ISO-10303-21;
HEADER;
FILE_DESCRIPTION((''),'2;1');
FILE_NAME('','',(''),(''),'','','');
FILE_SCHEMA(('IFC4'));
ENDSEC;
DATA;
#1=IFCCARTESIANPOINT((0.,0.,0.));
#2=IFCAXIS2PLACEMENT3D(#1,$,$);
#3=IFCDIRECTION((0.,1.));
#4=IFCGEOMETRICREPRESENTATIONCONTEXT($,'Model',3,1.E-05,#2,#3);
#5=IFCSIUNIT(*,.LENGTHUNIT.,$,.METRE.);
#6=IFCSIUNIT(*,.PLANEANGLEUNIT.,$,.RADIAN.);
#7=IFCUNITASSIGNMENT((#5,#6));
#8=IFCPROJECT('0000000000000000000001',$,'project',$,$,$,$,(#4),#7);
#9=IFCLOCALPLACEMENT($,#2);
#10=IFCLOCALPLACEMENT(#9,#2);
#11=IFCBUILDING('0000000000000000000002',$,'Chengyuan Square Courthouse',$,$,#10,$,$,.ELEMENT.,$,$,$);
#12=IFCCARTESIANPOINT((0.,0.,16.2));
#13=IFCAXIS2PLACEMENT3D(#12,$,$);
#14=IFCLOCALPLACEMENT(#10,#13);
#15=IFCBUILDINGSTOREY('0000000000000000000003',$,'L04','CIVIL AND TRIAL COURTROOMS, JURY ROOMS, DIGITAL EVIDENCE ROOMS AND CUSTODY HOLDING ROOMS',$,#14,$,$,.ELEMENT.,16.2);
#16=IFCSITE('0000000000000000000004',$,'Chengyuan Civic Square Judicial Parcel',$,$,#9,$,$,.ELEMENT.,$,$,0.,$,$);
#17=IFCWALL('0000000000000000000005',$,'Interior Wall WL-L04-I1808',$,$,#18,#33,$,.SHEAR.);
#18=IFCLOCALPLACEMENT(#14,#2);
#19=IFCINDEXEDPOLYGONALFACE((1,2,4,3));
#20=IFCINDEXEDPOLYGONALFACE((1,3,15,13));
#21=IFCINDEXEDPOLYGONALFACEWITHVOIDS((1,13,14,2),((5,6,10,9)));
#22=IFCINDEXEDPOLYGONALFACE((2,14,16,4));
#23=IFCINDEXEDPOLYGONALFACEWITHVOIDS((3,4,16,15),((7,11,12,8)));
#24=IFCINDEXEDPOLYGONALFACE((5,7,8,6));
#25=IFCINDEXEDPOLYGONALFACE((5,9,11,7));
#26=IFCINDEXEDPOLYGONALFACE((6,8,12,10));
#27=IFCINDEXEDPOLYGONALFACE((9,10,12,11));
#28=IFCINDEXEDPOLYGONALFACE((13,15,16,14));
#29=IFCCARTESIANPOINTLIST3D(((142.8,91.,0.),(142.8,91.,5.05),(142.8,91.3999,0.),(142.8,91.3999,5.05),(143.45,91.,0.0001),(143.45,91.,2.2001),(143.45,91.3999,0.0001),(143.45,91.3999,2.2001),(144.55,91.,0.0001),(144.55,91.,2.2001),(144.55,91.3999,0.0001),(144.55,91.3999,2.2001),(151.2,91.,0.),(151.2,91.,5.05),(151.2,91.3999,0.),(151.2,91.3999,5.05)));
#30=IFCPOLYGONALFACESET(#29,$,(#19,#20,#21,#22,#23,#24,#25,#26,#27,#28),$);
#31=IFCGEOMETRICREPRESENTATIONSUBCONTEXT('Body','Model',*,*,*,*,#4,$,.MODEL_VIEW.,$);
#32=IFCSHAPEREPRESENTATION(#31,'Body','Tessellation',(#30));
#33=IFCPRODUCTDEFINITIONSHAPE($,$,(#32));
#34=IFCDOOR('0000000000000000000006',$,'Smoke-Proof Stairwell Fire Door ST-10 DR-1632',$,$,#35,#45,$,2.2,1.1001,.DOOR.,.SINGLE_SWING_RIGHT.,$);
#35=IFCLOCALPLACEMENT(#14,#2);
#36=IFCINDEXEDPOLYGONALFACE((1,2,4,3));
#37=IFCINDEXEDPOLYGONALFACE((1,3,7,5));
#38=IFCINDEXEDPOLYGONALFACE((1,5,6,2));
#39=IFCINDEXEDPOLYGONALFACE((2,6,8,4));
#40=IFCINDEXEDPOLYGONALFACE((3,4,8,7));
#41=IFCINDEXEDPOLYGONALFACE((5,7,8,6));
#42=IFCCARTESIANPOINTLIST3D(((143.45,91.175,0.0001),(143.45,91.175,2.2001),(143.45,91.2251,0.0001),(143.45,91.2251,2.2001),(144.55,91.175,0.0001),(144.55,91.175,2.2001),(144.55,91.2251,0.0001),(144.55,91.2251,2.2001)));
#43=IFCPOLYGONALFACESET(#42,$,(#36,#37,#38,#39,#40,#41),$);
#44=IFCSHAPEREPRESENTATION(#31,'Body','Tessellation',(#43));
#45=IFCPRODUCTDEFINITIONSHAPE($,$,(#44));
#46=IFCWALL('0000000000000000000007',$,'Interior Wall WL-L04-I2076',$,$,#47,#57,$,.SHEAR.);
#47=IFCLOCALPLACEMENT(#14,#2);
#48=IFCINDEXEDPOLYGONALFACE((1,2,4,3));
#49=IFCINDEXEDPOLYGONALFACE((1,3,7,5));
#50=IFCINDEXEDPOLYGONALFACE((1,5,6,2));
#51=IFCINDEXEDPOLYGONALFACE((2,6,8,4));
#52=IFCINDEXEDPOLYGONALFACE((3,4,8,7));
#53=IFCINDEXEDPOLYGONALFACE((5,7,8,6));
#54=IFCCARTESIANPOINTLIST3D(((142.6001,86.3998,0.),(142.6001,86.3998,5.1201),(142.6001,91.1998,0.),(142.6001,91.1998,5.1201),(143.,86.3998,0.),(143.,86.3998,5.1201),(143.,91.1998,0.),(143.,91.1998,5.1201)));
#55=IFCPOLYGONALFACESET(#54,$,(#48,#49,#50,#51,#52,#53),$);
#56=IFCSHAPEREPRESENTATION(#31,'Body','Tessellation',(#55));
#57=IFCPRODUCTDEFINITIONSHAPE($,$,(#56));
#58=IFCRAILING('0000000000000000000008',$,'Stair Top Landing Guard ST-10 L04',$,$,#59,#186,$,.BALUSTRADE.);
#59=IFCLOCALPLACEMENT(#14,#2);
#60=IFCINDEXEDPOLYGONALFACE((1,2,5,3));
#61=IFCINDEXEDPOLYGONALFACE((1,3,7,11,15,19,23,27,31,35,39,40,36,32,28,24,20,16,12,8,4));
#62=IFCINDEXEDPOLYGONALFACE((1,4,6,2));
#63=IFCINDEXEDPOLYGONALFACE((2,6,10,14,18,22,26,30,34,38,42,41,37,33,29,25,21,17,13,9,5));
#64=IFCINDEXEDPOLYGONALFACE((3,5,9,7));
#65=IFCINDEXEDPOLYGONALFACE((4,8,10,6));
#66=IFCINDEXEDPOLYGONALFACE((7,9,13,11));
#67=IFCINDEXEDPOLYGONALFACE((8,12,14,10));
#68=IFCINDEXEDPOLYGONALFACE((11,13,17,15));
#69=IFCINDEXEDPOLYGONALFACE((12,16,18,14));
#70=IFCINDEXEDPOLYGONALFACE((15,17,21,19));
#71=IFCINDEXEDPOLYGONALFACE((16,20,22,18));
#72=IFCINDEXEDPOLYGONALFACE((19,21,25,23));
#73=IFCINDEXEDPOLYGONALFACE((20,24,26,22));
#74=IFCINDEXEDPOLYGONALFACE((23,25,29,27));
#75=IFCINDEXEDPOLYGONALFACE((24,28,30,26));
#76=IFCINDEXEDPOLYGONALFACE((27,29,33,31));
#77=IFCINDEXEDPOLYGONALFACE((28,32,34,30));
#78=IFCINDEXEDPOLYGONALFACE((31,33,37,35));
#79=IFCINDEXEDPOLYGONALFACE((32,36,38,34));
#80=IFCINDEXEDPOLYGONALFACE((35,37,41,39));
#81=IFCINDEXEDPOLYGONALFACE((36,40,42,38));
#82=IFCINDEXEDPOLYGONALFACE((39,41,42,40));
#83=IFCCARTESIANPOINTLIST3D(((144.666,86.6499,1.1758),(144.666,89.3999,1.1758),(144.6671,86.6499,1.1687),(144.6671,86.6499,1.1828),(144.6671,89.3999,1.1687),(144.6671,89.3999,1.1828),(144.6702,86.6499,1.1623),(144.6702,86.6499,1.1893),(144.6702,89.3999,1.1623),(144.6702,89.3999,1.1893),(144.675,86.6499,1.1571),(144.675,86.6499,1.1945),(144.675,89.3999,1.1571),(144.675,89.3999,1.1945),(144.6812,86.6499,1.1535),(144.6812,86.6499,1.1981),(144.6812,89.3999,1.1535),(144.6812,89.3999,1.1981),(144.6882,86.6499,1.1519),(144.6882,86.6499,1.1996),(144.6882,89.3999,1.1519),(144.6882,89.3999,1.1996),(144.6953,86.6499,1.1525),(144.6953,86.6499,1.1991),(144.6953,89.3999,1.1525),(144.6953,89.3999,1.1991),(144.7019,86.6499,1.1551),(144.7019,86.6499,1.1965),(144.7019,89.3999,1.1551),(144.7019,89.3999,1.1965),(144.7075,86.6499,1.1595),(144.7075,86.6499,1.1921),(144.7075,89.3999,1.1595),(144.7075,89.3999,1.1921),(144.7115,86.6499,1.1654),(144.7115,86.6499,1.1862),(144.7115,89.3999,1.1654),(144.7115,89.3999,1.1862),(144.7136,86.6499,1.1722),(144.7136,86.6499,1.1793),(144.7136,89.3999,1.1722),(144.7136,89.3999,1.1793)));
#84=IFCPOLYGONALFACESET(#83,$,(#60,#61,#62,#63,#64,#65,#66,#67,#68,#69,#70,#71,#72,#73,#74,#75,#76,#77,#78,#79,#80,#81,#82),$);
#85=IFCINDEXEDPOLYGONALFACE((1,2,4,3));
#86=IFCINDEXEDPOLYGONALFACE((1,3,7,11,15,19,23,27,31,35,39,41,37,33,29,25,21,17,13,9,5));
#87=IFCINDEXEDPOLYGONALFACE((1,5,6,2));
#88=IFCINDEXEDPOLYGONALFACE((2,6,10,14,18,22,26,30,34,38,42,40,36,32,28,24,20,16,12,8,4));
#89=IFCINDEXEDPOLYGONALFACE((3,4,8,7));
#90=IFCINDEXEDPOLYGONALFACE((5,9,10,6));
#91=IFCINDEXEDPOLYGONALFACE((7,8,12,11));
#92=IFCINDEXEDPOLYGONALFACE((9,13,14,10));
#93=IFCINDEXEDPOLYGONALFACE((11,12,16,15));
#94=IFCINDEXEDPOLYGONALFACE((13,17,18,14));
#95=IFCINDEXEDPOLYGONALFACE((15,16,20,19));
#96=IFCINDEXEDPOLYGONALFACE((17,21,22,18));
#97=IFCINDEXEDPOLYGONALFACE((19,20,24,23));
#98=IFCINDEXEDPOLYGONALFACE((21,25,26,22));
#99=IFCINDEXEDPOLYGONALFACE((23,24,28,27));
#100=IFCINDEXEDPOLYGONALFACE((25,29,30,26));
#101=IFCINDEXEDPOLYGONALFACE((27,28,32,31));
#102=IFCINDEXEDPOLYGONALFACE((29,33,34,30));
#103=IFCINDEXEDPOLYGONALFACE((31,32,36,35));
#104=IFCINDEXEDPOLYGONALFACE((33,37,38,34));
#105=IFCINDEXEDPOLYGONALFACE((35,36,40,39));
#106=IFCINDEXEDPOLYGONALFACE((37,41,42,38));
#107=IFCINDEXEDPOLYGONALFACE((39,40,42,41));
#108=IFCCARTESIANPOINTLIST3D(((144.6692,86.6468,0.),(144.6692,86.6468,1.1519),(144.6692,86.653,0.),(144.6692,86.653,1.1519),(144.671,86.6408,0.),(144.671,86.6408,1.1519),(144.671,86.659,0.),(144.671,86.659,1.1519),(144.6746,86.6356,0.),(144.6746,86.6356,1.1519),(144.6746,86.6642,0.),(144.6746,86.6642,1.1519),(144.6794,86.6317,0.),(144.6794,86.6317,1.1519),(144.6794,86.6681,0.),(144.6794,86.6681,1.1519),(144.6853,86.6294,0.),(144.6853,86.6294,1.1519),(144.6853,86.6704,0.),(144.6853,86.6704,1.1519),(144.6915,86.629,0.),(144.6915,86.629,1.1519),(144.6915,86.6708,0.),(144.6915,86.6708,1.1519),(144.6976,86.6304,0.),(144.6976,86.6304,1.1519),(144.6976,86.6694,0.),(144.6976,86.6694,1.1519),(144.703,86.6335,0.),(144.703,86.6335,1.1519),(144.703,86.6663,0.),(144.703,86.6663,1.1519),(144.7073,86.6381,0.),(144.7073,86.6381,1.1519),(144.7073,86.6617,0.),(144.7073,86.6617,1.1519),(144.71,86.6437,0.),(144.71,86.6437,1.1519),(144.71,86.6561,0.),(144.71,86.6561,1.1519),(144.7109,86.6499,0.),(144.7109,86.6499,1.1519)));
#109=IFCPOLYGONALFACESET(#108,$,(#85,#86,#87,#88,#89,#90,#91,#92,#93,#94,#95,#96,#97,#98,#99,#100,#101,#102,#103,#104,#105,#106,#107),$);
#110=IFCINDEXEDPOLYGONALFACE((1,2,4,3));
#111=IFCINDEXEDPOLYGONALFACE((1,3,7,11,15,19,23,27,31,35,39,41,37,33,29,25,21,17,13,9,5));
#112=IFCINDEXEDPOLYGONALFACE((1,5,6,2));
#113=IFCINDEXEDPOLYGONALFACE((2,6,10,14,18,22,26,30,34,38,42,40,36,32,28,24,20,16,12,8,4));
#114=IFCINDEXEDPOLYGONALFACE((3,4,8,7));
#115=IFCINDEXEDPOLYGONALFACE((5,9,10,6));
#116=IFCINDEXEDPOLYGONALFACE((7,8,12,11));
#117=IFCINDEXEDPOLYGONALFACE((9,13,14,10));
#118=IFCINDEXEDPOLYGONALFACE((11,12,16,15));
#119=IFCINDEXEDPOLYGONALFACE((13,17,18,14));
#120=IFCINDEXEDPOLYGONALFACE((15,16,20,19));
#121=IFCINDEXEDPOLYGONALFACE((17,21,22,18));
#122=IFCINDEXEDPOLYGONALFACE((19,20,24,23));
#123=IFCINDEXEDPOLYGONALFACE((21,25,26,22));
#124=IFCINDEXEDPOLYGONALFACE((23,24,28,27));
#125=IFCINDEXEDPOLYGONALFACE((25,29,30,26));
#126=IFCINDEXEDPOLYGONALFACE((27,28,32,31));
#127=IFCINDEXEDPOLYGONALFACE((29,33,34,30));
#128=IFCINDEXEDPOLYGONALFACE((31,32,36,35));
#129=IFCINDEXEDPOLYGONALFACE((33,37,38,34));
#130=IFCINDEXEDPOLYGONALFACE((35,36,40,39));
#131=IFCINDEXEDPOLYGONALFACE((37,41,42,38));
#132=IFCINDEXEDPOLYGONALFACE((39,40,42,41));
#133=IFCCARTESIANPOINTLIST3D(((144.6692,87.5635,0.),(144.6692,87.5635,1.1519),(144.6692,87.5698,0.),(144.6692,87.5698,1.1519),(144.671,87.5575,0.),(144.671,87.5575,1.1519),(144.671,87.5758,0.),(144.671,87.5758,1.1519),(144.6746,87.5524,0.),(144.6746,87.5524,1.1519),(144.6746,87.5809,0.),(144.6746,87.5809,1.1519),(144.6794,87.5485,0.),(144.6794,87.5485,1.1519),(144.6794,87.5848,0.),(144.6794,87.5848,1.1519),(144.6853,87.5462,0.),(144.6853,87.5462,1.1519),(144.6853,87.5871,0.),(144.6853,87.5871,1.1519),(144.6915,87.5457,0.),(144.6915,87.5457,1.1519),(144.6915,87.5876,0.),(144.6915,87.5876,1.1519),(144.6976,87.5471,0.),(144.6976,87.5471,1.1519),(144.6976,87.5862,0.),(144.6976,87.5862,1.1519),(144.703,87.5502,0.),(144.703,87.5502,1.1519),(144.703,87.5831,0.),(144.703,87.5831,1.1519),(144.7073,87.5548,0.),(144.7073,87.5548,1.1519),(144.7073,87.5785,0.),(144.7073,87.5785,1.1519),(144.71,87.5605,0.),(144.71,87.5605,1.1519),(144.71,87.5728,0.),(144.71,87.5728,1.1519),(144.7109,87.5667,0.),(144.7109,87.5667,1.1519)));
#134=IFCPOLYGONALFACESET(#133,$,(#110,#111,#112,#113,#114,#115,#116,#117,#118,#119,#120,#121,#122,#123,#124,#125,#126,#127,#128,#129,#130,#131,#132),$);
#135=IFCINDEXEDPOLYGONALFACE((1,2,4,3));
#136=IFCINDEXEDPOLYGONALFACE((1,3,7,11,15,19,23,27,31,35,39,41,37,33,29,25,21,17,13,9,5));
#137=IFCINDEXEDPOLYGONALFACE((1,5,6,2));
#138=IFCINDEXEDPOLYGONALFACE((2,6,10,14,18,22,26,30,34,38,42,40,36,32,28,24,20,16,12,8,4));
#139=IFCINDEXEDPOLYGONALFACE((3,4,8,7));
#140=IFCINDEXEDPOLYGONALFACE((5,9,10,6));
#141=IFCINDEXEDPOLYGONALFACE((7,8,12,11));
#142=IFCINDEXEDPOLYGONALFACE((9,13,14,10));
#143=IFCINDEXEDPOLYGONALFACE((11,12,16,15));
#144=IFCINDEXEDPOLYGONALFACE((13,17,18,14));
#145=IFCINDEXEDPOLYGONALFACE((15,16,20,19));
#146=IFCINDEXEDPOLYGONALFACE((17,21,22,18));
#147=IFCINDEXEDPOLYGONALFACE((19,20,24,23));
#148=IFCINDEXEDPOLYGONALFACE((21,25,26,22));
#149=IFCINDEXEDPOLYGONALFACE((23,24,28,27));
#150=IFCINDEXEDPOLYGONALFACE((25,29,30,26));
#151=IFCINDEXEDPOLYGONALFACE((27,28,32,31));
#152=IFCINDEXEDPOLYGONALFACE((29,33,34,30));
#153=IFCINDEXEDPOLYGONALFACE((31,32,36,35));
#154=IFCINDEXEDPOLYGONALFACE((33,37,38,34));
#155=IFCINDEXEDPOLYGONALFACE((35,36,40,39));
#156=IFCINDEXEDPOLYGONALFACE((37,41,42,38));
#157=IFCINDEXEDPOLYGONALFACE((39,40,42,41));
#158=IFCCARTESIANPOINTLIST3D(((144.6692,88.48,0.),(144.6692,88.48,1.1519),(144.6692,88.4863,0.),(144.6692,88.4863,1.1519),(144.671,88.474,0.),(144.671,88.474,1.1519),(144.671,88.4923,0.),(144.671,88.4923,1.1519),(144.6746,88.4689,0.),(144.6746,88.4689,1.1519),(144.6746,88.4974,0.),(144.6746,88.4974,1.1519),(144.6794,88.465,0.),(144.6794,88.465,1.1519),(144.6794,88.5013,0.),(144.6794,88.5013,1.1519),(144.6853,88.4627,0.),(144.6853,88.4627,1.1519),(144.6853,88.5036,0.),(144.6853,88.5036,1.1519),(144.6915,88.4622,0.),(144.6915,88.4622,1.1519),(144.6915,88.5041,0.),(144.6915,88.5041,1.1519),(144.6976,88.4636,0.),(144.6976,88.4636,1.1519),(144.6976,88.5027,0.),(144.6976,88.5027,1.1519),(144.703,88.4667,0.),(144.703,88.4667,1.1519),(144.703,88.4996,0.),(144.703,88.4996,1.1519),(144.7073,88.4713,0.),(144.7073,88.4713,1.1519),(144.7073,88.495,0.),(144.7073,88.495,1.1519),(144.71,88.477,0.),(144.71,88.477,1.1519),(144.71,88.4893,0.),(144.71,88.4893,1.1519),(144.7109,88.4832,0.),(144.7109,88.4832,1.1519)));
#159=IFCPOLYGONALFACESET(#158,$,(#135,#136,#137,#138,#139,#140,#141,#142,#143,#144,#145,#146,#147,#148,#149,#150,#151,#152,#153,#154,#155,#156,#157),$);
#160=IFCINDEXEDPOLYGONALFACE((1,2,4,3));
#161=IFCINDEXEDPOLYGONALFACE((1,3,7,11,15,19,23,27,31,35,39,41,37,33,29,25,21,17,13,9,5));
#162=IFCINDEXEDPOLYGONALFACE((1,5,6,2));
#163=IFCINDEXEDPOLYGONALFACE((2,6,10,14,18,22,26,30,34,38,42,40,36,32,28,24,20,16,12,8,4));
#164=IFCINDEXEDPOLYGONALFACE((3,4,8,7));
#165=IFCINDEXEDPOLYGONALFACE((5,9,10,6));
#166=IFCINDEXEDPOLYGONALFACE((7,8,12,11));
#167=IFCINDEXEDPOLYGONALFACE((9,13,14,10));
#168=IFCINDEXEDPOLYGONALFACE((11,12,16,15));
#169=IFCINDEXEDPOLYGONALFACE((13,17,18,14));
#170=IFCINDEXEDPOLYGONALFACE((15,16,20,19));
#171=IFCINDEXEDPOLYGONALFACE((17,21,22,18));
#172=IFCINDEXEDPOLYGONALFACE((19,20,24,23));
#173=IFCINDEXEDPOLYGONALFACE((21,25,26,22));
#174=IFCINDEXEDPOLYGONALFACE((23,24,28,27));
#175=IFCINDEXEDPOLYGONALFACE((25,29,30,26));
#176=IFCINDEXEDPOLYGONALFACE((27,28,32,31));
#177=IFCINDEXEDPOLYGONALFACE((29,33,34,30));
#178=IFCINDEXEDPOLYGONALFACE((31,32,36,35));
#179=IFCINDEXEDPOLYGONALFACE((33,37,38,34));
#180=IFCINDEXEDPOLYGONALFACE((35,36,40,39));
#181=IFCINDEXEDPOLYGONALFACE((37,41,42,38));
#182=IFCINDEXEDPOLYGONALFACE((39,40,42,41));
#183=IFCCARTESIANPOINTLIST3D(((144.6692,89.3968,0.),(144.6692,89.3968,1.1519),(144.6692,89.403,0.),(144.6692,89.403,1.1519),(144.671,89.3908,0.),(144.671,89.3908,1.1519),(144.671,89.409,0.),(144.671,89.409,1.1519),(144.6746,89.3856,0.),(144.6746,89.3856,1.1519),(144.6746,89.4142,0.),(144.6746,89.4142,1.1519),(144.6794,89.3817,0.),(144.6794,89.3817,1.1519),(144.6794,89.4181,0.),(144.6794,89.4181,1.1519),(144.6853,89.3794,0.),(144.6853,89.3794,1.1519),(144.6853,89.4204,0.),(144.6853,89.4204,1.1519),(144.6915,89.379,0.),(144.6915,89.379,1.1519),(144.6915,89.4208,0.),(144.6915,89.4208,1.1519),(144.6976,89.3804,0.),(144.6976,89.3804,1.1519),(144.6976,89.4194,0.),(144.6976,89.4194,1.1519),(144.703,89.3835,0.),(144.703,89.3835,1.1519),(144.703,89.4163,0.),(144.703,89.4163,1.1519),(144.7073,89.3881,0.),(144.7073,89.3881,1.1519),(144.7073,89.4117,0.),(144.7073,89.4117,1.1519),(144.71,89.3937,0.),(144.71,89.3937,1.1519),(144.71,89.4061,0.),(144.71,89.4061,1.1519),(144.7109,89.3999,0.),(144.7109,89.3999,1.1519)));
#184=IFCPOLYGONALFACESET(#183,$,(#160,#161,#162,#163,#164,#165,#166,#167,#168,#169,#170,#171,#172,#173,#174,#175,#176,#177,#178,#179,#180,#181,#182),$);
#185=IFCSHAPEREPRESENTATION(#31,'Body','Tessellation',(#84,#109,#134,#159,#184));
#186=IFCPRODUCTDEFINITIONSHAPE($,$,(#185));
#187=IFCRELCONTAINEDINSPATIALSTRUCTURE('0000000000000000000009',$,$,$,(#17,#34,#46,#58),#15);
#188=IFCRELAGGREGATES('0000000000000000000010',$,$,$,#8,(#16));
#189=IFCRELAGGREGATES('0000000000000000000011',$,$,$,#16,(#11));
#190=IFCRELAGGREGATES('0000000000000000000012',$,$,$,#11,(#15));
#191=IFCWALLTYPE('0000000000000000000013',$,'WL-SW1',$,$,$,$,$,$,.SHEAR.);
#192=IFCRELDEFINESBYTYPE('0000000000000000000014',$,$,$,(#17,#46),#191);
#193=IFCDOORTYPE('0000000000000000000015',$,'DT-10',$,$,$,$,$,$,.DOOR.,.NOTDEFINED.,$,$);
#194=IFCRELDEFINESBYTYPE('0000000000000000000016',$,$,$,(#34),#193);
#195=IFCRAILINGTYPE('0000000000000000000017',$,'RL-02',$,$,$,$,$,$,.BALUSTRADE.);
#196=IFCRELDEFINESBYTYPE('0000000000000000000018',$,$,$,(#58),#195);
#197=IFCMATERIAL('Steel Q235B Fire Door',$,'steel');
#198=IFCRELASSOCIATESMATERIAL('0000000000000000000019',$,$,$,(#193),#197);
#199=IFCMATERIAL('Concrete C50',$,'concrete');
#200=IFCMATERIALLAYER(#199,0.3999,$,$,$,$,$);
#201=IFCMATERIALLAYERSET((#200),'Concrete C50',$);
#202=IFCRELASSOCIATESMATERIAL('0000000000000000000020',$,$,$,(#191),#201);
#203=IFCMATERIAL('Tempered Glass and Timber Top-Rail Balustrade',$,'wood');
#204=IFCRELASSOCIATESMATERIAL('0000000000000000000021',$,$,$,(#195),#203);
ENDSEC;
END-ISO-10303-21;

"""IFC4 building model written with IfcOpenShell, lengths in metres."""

from ifc_helpers import new_model, si_unit, direction, frame, frame_2d, origin, origin_2d, place, context, subcontext, project, spatial, rectangle, circle, extrude, material, layer, layer_set, type_object, element, fill, save


model = new_model("IFC4")

# Units and contexts
model_context = context("Model", 3, precision=1e-05, world=origin(), true_north=direction((0.0, 1.0)))
body_context = subcontext(model_context, "Body", "Model", "MODEL_VIEW")
ifc_project = project(units=[si_unit("LENGTHUNIT", "METRE"), si_unit("PLANEANGLEUNIT", "RADIAN")], contexts=[model_context])

# Site, building, storey
site_placement = place(None, origin())
site = spatial("IfcSite", under=ifc_project, at=site_placement, Name="Chengyuan Civic Square Judicial Parcel", CompositionType="ELEMENT", RefElevation=0.0)
building_placement = place(site_placement, origin())
building = spatial("IfcBuilding", under=site, at=building_placement, Name="Chengyuan Square Courthouse", CompositionType="ELEMENT")
storey_placement = place(building_placement, frame((0.0, 0.0, 16.2)))
storey = spatial("IfcBuildingStorey", under=building, at=storey_placement, Name="L04", Description="CIVIL AND TRIAL COURTROOMS, JURY ROOMS, DIGITAL EVIDENCE ROOMS AND CUSTODY HOLDING ROOMS", CompositionType="ELEMENT", Elevation=16.2)

# Shared definitions
ifc_material_1 = material(Name="Concrete C50", Category="concrete")

# Shared definitions
ifc_material_2 = material(Name="Steel Q235B Fire Door", Category="steel")
door_type = type_object("IfcDoorType", Name="DT-10", OperationType="NOTDEFINED", PredefinedType="DOOR", material=ifc_material_2)

# Shared definitions
ifc_layer_1 = layer(ifc_material_1, 0.3999)
ifc_layer_set_1 = layer_set([ifc_layer_1], Name="Concrete C50")
wall_type_1 = type_object("IfcWallType", Name="WL-SW1", PredefinedType="SHEAR", material=ifc_layer_set_1)

# Wall, opening, door
wall_1_placement = place(storey_placement, frame((142.8, 91.2, 0.0), z_axis=(0.0, 0.0, 1.0), x_axis=(1.0, 0.0, 0.0)))
wall_1 = element("IfcWall", 1, at=wall_1_placement, inside=storey, type_object=wall_type_1, Name="Interior Wall WL-L04-I1808", PredefinedType="SHEAR", context=body_context, shape_type="SweptSolid", body=[
    extrude(rectangle(XDim=8.3999, YDim=0.3999, at=frame_2d((4.2, 0.0))), origin(), (0.0, 0.0, 1.0), 5.05),
])
opening_1_placement = place(wall_1_placement, frame((0.6499, 0.0, 0.0)))
opening_1 = element("IfcOpeningElement", 2, at=opening_1_placement, cuts=wall_1, PredefinedType="OPENING", context=body_context, shape_type="SweptSolid", body=[
    extrude(rectangle(XDim=1.1001, YDim=2.2, at=frame_2d((0.55, 1.1001))), frame((0.0, 0.2119, 0.0), z_axis=(0.0, -1.0, 0.0), x_axis=(1.0, 0.0, 0.0)), (0.0, 0.0, 1.0), 0.4238),
])
door_1_placement = place(opening_1_placement, frame((1.1001, 0.0, 0.0), z_axis=(0.0, 0.0, 1.0), x_axis=(-1.0, 0.0, 0.0)))
door_1 = element("IfcDoor", 3, at=door_1_placement, inside=storey, type_object=door_type, Name="Smoke-Proof Stairwell Fire Door ST-10 DR-1632", OperationType="SINGLE_SWING_RIGHT", OverallHeight=2.2, OverallWidth=1.1001, PredefinedType="DOOR", context=body_context, shape_type="SweptSolid", body=[
    extrude(rectangle(XDim=1.1001, YDim=2.2, at=frame_2d((0.55, 1.1001))), frame((0.0, 0.0249, 0.0), z_axis=(0.0, -1.0, 0.0), x_axis=(1.0, 0.0, 0.0)), (0.0, 0.0, 1.0), 0.05),
])
fill(opening_1, door_1)

# Wall
wall_2_placement = place(storey_placement, frame((142.8, 86.3999, 0.0), z_axis=(0.0, 0.0, 1.0), x_axis=(0.0, 1.0, 0.0)))
element("IfcWall", 4, at=wall_2_placement, inside=storey, type_object=wall_type_1, Name="Interior Wall WL-L04-I2076", PredefinedType="SHEAR", context=body_context, shape_type="SweptSolid", body=[
    extrude(rectangle(XDim=4.8, YDim=0.3999, at=frame_2d((2.3999, 0.0))), origin(), (0.0, 0.0, 1.0), 5.1201),
])

# Railing
ifc_material_3 = material(Name="Tempered Glass and Timber Top-Rail Balustrade", Category="wood")
railing_type = type_object("IfcRailingType", Name="RL-02", PredefinedType="BALUSTRADE", material=ifc_material_3)
railing_placement = place(storey_placement, frame((144.6899, 86.6499, 0.0)))
element("IfcRailing", 5, at=railing_placement, inside=storey, type_object=railing_type, Name="Stair Top Landing Guard ST-10 L04", PredefinedType="BALUSTRADE", context=body_context, shape_type="SweptSolid", body=[
    extrude(circle(Radius=0.0239, at=origin_2d()), frame((0.0, 0.0, 1.1758), z_axis=(0.0, 1.0, 0.0), x_axis=(-1.0, 0.0, 0.0)), (0.0, 0.0, 1.0), 2.75),
    extrude(circle(Radius=0.021, at=origin_2d()), origin(), (0.0, 0.0, 1.0), 1.1519),
    extrude(circle(Radius=0.021, at=origin_2d()), frame((0.0, 0.9167, 0.0)), (0.0, 0.0, 1.0), 1.1519),
    extrude(circle(Radius=0.021, at=origin_2d()), frame((0.0, 1.8333, 0.0)), (0.0, 0.0, 1.0), 1.1519),
    extrude(circle(Radius=0.021, at=origin_2d()), frame((0.0, 2.75, 0.0)), (0.0, 0.0, 1.0), 1.1519),
])

save(model, "model.ifc")
